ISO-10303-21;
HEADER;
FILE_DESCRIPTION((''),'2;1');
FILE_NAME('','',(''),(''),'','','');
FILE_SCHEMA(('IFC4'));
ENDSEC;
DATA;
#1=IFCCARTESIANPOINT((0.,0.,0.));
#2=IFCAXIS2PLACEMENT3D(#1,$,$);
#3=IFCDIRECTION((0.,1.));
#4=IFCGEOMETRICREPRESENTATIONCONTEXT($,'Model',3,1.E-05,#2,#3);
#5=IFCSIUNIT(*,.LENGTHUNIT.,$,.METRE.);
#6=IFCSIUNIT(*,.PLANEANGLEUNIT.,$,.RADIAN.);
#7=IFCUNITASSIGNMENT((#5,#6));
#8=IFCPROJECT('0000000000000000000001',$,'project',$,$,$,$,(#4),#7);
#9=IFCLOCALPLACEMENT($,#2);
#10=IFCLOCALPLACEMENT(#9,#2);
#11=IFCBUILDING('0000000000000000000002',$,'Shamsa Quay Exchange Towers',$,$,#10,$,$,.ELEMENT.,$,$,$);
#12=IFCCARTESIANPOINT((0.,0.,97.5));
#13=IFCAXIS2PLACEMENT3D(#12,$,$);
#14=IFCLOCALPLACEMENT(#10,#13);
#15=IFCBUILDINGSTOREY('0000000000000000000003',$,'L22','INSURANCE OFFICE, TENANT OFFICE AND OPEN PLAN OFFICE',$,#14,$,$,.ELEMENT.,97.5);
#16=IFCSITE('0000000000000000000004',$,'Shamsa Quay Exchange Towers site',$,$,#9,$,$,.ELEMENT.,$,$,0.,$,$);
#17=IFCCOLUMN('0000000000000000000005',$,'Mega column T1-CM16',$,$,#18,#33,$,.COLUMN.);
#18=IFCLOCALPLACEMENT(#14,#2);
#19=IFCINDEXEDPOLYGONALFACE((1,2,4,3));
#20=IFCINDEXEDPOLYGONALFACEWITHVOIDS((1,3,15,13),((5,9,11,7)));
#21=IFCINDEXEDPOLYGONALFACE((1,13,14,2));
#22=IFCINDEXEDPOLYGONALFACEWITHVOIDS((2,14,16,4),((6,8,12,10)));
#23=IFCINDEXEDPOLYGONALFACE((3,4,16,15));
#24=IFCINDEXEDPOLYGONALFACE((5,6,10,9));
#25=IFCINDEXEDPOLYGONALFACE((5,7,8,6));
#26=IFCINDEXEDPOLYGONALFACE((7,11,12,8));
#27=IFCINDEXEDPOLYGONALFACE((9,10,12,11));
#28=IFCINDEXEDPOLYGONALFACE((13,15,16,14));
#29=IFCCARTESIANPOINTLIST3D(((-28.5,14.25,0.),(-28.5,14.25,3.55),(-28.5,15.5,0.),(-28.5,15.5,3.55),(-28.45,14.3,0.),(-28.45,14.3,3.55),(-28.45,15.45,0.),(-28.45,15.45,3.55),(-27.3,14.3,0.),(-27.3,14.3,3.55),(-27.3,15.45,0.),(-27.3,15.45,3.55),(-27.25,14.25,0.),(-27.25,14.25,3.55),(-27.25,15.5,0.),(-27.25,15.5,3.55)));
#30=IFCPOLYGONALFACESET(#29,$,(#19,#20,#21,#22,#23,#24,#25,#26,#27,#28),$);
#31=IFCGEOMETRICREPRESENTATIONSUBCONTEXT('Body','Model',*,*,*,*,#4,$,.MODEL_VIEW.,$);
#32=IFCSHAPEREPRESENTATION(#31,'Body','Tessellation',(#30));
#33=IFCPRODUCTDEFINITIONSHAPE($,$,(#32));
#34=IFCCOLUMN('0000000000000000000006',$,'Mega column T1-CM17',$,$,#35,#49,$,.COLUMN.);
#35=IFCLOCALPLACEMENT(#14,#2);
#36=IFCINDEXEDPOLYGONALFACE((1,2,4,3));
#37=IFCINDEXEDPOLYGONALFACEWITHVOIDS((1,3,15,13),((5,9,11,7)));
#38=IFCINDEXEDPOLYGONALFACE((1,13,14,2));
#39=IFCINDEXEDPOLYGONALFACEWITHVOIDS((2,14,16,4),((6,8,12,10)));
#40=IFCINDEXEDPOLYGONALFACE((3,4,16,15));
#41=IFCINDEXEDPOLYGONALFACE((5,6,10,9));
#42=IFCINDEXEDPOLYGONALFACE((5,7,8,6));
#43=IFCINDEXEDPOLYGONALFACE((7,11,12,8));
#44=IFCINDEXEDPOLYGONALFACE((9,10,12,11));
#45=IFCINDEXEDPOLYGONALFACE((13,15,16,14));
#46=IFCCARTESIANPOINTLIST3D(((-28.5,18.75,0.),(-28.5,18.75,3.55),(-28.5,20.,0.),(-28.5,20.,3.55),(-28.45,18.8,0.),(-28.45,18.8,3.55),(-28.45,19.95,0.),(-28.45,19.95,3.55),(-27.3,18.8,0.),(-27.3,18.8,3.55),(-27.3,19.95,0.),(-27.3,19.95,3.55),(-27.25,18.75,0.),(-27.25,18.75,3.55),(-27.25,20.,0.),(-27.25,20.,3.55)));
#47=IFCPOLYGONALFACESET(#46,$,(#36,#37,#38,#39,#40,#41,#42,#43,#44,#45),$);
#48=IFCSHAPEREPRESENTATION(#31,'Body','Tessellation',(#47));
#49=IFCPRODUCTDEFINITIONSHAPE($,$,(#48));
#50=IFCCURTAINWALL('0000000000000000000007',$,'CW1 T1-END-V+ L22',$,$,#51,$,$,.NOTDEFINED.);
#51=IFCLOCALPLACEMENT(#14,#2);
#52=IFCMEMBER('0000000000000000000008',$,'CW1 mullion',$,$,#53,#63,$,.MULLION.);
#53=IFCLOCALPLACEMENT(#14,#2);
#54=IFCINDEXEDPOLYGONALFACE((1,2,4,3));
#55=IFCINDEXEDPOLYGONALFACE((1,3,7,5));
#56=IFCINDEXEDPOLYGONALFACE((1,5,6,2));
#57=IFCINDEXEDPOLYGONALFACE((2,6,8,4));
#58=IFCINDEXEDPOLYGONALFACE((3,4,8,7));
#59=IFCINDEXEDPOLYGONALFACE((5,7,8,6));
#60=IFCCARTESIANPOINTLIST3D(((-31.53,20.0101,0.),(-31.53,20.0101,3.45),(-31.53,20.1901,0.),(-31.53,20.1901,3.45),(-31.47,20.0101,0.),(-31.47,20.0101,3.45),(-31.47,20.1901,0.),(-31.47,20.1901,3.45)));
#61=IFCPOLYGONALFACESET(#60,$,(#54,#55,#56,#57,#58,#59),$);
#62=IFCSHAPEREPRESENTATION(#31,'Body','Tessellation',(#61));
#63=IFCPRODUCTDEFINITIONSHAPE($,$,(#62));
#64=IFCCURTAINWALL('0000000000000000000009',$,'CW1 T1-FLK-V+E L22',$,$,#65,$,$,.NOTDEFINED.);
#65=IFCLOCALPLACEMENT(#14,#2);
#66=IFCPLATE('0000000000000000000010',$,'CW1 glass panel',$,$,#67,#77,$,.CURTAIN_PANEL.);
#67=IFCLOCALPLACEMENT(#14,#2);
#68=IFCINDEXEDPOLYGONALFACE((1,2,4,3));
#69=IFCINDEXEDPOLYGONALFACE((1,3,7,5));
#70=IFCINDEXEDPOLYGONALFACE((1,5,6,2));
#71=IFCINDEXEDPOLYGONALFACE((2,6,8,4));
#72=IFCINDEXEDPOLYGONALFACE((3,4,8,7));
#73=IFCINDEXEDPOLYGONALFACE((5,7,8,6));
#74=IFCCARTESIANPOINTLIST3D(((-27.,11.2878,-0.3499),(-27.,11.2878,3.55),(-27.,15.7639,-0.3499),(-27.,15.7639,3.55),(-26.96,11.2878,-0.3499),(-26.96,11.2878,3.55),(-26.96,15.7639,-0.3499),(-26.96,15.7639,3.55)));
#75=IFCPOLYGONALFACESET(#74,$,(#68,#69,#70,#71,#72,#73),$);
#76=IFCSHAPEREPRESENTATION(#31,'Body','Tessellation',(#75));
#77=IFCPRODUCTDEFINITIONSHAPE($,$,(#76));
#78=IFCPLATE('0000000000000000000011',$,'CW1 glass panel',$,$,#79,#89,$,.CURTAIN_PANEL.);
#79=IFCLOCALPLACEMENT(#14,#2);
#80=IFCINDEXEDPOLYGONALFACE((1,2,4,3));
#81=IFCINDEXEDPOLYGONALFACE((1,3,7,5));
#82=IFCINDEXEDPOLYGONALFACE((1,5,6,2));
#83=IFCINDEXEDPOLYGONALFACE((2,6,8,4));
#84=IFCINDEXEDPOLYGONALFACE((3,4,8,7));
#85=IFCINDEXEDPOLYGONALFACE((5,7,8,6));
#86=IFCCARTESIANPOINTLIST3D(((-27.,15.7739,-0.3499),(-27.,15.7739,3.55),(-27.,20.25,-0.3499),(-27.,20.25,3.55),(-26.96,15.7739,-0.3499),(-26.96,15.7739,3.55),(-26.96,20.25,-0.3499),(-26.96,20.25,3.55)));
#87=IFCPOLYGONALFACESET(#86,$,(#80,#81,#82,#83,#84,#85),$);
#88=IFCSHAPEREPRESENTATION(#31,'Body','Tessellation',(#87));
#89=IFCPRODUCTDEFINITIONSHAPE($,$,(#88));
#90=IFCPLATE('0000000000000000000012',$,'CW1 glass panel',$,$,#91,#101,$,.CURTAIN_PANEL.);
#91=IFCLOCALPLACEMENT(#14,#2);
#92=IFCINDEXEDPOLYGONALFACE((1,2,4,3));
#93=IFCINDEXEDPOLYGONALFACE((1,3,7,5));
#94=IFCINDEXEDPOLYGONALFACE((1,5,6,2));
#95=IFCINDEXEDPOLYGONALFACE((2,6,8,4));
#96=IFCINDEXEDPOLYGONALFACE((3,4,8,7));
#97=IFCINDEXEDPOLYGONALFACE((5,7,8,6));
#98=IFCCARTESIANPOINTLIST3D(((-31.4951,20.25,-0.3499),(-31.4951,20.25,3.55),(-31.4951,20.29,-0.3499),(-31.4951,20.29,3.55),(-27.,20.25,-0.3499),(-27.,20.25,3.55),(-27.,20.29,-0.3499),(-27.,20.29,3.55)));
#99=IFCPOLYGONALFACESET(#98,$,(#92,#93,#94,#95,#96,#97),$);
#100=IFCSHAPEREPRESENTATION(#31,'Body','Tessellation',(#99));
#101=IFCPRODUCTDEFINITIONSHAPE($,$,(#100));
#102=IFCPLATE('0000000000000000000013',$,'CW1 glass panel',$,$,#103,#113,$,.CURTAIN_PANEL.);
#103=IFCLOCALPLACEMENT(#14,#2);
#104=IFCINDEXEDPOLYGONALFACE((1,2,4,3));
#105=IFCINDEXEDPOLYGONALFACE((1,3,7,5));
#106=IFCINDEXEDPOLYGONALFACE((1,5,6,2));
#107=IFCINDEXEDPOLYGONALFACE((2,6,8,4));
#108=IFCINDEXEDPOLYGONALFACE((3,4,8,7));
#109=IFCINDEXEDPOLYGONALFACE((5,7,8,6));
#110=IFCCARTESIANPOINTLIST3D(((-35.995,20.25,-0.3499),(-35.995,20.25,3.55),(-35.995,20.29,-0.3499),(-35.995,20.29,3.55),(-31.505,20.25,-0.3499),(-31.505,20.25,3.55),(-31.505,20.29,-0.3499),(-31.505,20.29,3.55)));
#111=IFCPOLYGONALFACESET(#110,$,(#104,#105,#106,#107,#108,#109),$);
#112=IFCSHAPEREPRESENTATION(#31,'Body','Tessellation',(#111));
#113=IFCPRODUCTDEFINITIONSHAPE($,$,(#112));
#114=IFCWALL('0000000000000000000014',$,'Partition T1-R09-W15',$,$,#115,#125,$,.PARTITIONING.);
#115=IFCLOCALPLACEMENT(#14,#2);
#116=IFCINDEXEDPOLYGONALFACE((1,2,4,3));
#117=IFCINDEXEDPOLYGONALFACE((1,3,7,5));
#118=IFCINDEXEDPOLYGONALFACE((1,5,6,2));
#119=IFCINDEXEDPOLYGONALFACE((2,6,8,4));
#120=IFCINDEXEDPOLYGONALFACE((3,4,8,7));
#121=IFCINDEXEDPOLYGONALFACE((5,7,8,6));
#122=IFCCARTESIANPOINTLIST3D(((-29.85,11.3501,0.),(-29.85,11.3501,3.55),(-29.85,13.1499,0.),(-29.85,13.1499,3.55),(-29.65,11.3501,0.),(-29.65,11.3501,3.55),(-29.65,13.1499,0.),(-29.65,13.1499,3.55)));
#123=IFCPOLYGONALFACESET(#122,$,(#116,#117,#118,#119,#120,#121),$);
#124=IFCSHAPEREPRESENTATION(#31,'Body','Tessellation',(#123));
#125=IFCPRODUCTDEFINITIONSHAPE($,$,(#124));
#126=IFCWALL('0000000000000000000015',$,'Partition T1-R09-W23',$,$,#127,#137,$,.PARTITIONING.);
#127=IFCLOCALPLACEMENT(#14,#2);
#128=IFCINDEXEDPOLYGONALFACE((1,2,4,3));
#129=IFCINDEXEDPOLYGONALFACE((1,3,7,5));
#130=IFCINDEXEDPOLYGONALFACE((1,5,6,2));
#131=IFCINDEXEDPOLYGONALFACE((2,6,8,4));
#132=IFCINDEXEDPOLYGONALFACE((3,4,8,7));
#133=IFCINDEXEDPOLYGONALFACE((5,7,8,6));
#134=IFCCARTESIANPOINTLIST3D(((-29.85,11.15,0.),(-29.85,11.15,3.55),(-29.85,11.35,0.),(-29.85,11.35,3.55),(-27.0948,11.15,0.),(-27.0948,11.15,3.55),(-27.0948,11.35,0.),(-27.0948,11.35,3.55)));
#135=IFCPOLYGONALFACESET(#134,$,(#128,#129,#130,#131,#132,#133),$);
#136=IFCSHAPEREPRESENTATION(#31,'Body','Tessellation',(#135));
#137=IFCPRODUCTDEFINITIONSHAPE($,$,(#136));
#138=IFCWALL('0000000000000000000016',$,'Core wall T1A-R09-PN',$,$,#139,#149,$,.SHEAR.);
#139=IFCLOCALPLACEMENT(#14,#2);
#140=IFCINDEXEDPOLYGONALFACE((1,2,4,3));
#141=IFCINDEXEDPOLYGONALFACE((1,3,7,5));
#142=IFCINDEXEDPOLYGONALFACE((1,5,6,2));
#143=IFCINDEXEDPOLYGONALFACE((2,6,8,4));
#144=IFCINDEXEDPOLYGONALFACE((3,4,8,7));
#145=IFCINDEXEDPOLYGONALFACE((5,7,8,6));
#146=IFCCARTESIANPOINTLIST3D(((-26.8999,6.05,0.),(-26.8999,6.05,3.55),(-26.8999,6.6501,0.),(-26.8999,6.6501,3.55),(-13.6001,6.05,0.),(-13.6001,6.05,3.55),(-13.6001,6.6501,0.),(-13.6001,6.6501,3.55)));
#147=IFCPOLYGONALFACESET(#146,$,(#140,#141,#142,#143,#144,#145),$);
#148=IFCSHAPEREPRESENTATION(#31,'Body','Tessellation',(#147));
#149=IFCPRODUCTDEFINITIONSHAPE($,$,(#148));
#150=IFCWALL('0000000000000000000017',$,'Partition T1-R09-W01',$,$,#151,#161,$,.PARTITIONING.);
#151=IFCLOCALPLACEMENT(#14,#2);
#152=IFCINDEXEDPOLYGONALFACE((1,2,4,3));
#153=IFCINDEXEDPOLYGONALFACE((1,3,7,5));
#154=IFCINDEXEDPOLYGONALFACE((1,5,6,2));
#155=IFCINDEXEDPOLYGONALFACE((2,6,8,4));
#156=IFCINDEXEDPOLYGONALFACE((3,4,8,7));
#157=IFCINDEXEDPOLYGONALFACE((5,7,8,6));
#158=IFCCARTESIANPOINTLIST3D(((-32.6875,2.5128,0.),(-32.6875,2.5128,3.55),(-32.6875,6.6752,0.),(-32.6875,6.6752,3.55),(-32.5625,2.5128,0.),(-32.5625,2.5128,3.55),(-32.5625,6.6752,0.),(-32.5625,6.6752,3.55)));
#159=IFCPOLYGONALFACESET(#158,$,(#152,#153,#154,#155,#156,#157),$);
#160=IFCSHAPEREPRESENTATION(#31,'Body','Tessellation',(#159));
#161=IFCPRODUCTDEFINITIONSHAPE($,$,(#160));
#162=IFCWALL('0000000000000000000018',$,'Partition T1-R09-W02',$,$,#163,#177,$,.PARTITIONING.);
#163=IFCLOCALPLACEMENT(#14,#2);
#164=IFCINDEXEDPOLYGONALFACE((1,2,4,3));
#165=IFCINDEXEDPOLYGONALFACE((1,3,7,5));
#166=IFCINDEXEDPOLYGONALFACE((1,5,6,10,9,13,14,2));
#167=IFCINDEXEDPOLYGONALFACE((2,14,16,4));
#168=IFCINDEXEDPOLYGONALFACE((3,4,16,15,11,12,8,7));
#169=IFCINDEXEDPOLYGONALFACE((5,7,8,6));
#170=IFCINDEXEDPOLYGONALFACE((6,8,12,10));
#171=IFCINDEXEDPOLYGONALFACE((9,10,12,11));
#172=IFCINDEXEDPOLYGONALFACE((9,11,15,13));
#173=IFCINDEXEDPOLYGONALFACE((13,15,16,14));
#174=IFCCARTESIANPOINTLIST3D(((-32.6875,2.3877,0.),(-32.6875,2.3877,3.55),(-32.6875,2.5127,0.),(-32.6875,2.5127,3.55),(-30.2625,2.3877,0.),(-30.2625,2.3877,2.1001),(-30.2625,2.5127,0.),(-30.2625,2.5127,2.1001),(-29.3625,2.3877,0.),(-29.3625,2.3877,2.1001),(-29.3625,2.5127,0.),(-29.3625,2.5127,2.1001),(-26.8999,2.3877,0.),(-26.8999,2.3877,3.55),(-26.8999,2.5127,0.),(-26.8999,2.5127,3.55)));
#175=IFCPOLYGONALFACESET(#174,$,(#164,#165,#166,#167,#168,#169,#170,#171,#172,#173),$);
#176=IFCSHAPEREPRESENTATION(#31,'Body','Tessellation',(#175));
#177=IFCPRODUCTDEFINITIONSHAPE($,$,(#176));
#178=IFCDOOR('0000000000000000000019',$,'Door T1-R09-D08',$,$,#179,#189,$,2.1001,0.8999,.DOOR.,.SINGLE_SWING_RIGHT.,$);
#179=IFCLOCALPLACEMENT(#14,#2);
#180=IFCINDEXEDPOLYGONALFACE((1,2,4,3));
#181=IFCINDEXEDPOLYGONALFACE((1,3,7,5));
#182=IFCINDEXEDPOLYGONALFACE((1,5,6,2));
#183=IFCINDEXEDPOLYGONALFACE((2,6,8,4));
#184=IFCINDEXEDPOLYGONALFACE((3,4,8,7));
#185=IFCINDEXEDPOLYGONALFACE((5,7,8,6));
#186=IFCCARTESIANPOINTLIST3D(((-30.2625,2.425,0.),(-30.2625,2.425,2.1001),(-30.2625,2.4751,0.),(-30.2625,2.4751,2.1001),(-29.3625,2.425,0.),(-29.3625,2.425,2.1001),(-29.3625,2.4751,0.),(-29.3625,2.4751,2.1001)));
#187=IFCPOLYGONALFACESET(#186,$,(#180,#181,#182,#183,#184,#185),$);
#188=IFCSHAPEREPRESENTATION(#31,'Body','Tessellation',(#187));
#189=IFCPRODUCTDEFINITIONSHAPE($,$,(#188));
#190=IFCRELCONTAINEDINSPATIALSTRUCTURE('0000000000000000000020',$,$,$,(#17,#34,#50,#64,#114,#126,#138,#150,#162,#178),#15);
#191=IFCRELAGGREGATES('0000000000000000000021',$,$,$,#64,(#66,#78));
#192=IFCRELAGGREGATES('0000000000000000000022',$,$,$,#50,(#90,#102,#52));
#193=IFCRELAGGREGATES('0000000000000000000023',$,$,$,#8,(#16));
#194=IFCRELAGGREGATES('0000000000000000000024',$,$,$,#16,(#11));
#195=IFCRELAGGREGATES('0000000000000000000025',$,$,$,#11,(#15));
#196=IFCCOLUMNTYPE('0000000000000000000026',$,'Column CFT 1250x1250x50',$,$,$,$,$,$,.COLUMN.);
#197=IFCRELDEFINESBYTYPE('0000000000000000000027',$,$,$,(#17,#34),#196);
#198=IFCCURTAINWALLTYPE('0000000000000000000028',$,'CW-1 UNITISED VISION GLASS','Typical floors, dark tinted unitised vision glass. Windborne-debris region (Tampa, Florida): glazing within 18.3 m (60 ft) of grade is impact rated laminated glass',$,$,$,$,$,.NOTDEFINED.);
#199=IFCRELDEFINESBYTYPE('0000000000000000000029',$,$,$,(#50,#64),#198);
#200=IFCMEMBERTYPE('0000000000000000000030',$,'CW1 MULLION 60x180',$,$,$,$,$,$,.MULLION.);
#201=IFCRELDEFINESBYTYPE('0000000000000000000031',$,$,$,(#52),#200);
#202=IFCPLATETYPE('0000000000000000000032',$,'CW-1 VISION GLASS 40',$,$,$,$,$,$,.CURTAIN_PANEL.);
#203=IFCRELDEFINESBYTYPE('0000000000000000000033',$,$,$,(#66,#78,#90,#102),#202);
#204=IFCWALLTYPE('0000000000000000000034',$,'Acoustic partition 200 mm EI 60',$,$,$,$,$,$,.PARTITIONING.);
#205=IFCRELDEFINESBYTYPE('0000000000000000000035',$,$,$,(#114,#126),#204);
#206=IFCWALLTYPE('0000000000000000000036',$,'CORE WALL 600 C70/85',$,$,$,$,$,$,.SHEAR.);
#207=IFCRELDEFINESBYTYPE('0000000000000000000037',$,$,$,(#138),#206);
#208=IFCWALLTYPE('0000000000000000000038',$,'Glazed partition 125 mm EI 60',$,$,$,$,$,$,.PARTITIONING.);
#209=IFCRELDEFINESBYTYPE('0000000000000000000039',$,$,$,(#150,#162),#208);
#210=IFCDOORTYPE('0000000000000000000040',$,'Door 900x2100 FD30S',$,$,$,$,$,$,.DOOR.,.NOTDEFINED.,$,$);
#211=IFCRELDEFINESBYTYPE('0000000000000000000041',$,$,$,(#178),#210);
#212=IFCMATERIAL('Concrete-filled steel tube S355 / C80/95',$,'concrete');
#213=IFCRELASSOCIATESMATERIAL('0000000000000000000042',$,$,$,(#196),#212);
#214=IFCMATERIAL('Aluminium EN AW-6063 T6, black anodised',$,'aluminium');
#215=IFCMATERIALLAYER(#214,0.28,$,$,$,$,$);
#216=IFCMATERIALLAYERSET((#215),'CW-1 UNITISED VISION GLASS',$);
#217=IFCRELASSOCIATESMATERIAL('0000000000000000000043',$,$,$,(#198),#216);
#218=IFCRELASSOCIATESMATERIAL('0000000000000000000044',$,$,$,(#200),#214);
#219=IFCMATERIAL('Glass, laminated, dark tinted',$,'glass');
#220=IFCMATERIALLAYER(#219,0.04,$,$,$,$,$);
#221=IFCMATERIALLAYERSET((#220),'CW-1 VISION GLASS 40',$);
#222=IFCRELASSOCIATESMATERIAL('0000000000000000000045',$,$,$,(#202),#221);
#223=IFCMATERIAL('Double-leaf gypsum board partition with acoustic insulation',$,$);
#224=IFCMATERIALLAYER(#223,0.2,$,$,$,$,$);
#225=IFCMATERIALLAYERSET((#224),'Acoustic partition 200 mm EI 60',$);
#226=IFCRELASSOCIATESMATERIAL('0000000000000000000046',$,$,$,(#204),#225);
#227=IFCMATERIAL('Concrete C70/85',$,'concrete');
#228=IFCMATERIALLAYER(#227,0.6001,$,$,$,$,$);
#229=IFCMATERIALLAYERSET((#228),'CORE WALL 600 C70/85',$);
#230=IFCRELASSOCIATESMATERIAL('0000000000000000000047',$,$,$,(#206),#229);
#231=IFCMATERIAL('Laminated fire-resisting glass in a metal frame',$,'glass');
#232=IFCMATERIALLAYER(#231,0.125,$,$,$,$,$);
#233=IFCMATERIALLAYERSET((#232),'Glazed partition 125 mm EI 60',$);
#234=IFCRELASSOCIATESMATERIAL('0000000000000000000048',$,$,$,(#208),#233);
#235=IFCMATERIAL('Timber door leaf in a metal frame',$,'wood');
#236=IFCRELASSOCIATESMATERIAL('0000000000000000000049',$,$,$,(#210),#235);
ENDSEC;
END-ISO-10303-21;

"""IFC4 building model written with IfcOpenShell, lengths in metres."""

from ifc_helpers import new_model, si_unit, direction, frame, frame_2d, origin, origin_2d, place, context, subcontext, project, spatial, rectangle, hollow_rectangle, extrude, material, layer, layer_set, material_profile, profile_set, type_object, element, fill, aggregate, save


model = new_model("IFC4")

# Units and contexts
model_context = context("Model", 3, precision=1e-05, world=origin(), true_north=direction((0.0, 1.0)))
body_context = subcontext(model_context, "Body", "Model", "MODEL_VIEW")
ifc_project = project(units=[si_unit("LENGTHUNIT", "METRE"), si_unit("PLANEANGLEUNIT", "RADIAN")], contexts=[model_context])

# Site, building, storey
site_placement = place(None, origin())
site = spatial("IfcSite", under=ifc_project, at=site_placement, Name="Shamsa Quay Exchange Towers site", CompositionType="ELEMENT", RefElevation=0.0)
building_placement = place(site_placement, origin())
building = spatial("IfcBuilding", under=site, at=building_placement, Name="Shamsa Quay Exchange Towers", CompositionType="ELEMENT")
storey_placement = place(building_placement, frame((0.0, 0.0, 97.5)))
storey = spatial("IfcBuildingStorey", under=building, at=storey_placement, Name="L22", Description="INSURANCE OFFICE, TENANT OFFICE AND OPEN PLAN OFFICE", CompositionType="ELEMENT", Elevation=97.5)

# Columns
ifc_material_1 = material(Name="Concrete-filled steel tube S355 / C80/95", Category="concrete")
ifc_material_profile_1 = material_profile(ifc_material_1, hollow_rectangle(XDim=1.25, YDim=1.25, WallThickness=0.05, at=origin_2d()), Name="CFT 1250x1250x50")
ifc_profile_set_1 = profile_set([ifc_material_profile_1], Name="Concrete-filled steel tube S355 / C80/95")
column_type = type_object("IfcColumnType", Name="Column CFT 1250x1250x50", PredefinedType="COLUMN", material=ifc_profile_set_1)
for number, where, name in (
    (1, (-27.875, 14.875, 0.0), "Mega column T1-CM16"),
    (2, (-27.875, 19.375, 0.0), "Mega column T1-CM17"),
):
    element("IfcColumn", number, at=place(storey_placement, frame(where)), inside=storey, type_object=column_type, Name=name, PredefinedType="COLUMN", context=body_context, shape_type="SweptSolid", body=[
        extrude(hollow_rectangle(XDim=1.25, YDim=1.25, WallThickness=0.05, at=origin_2d()), origin(), (0.0, 0.0, 1.0), 3.55),
    ])

# Curtain wall, member
ifc_material_2 = material(Name="Aluminium EN AW-6063 T6, black anodised", Category="aluminium")
ifc_layer_1 = layer(ifc_material_2, 0.28)
ifc_layer_set_1 = layer_set([ifc_layer_1], Name="CW-1 UNITISED VISION GLASS")
curtain_wall_type = type_object("IfcCurtainWallType", Name="CW-1 UNITISED VISION GLASS", Description="Typical floors, dark tinted unitised vision glass. Windborne-debris region (Tampa, Florida): glazing within 18.3 m (60 ft) of grade is impact rated laminated glass", PredefinedType="NOTDEFINED", material=ifc_layer_set_1)
curtain_wall_1_placement = place(storey_placement, origin())
curtain_wall_1 = element("IfcCurtainWall", 3, at=curtain_wall_1_placement, inside=storey, type_object=curtain_wall_type, Name="CW1 T1-END-V+ L22", PredefinedType="NOTDEFINED")
ifc_material_profile_2 = material_profile(ifc_material_2, rectangle(XDim=0.1799, YDim=0.0601, at=origin_2d()), Name="MU60x180")
ifc_profile_set_2 = profile_set([ifc_material_profile_2], Name="Aluminium EN AW-6063 T6, black anodised")
member_type = type_object("IfcMemberType", Name="CW1 MULLION 60x180", PredefinedType="MULLION", material=ifc_profile_set_2)
member_placement = place(storey_placement, frame((-31.5, 20.1001, 0.0), z_axis=(0.0, 0.0, 1.0), x_axis=(0.0, -1.0, 0.0)))
member = element("IfcMember", 4, at=member_placement, type_object=member_type, Name="CW1 mullion", PredefinedType="MULLION", context=body_context, shape_type="SweptSolid", body=[
    extrude(rectangle(XDim=0.1799, YDim=0.0601, at=origin_2d()), origin(), (0.0, 0.0, 1.0), 3.45),
])

# Curtain wall, plates
curtain_wall_2_placement = place(storey_placement, origin())
curtain_wall_2 = element("IfcCurtainWall", 5, at=curtain_wall_2_placement, inside=storey, type_object=curtain_wall_type, Name="CW1 T1-FLK-V+E L22", PredefinedType="NOTDEFINED")
ifc_material_3 = material(Name="Glass, laminated, dark tinted", Category="glass")
ifc_layer_2 = layer(ifc_material_3, 0.04)
ifc_layer_set_2 = layer_set([ifc_layer_2], Name="CW-1 VISION GLASS 40")
plate_type = type_object("IfcPlateType", Name="CW-1 VISION GLASS 40", PredefinedType="CURTAIN_PANEL", material=ifc_layer_set_2)
plate_1_placement = place(storey_placement, frame((-26.98, 13.5259, -0.3499), z_axis=(0.0, 0.0, 1.0), x_axis=(0.0, 1.0, 0.0)))
plate_1 = element("IfcPlate", 6, at=plate_1_placement, type_object=plate_type, Name="CW1 glass panel", PredefinedType="CURTAIN_PANEL", context=body_context, shape_type="SweptSolid", body=[
    extrude(rectangle(XDim=4.4761, YDim=0.04, at=origin_2d()), origin(), (0.0, 0.0, 1.0), 3.8999),
])
plate_2_placement = place(storey_placement, frame((-26.98, 18.012, -0.3499), z_axis=(0.0, 0.0, 1.0), x_axis=(0.0, 1.0, 0.0)))
plate_2 = element("IfcPlate", 7, at=plate_2_placement, type_object=plate_type, Name="CW1 glass panel", PredefinedType="CURTAIN_PANEL", context=body_context, shape_type="SweptSolid", body=[
    extrude(rectangle(XDim=4.4761, YDim=0.04, at=origin_2d()), origin(), (0.0, 0.0, 1.0), 3.8999),
])
aggregate(curtain_wall_2, [plate_1, plate_2])

# Plates
plate_3_placement = place(storey_placement, frame((-29.2476, 20.27, -0.3499), z_axis=(0.0, 0.0, 1.0), x_axis=(-1.0, 0.0, 0.0)))
plate_3 = element("IfcPlate", 8, at=plate_3_placement, type_object=plate_type, Name="CW1 glass panel", PredefinedType="CURTAIN_PANEL", context=body_context, shape_type="SweptSolid", body=[
    extrude(rectangle(XDim=4.4951, YDim=0.04, at=origin_2d()), origin(), (0.0, 0.0, 1.0), 3.8999),
])
plate_4_placement = place(storey_placement, frame((-33.75, 20.27, -0.3499), z_axis=(0.0, 0.0, 1.0), x_axis=(-1.0, 0.0, 0.0)))
plate_4 = element("IfcPlate", 9, at=plate_4_placement, type_object=plate_type, Name="CW1 glass panel", PredefinedType="CURTAIN_PANEL", context=body_context, shape_type="SweptSolid", body=[
    extrude(rectangle(XDim=4.49, YDim=0.04, at=origin_2d()), origin(), (0.0, 0.0, 1.0), 3.8999),
])
aggregate(curtain_wall_1, [plate_3, plate_4, member])

# Shared definitions
ifc_material_4 = material(Name="Double-leaf gypsum board partition with acoustic insulation")
ifc_layer_3 = layer(ifc_material_4, 0.2)
ifc_layer_set_3 = layer_set([ifc_layer_3], Name="Acoustic partition 200 mm EI 60")
wall_type_1 = type_object("IfcWallType", Name="Acoustic partition 200 mm EI 60", PredefinedType="PARTITIONING", material=ifc_layer_set_3)
ifc_material_5 = material(Name="Timber door leaf in a metal frame", Category="wood")

# Walls
wall_1_placement = place(storey_placement, frame((-29.75, 11.3501, 0.0), z_axis=(0.0, 0.0, 1.0), x_axis=(0.0, 1.0, 0.0)))
element("IfcWall", 10, at=wall_1_placement, inside=storey, type_object=wall_type_1, Name="Partition T1-R09-W15", PredefinedType="PARTITIONING", context=body_context, shape_type="SweptSolid", body=[
    extrude(rectangle(XDim=1.7998, YDim=0.2, at=frame_2d((0.8999, 0.0))), origin(), (0.0, 0.0, 1.0), 3.55),
])
wall_2_placement = place(storey_placement, frame((-27.095, 11.25, 0.0), z_axis=(0.0, 0.0, 1.0), x_axis=(-1.0, 0.0, 0.0)))
element("IfcWall", 11, at=wall_2_placement, inside=storey, type_object=wall_type_1, Name="Partition T1-R09-W23", PredefinedType="PARTITIONING", context=body_context, shape_type="SweptSolid", body=[
    extrude(rectangle(XDim=2.7551, YDim=0.2, at=frame_2d((1.3774, 0.0))), origin(), (0.0, 0.0, 1.0), 3.55),
])
ifc_material_6 = material(Name="Concrete C70/85", Category="concrete")
ifc_layer_4 = layer(ifc_material_6, 0.6001)
ifc_layer_set_4 = layer_set([ifc_layer_4], Name="CORE WALL 600 C70/85")
wall_type_2 = type_object("IfcWallType", Name="CORE WALL 600 C70/85", PredefinedType="SHEAR", material=ifc_layer_set_4)
wall_3_placement = place(storey_placement, frame((-26.8999, 6.3501, 0.0)))
element("IfcWall", 12, at=wall_3_placement, inside=storey, type_object=wall_type_2, Name="Core wall T1A-R09-PN", PredefinedType="SHEAR", context=body_context, shape_type="SweptSolid", body=[
    extrude(rectangle(XDim=13.2998, YDim=0.6001, at=frame_2d((6.6499, 0.0))), origin(), (0.0, 0.0, 1.0), 3.55),
])

# Wall
ifc_material_7 = material(Name="Laminated fire-resisting glass in a metal frame", Category="glass")
ifc_layer_5 = layer(ifc_material_7, 0.125)
ifc_layer_set_5 = layer_set([ifc_layer_5], Name="Glazed partition 125 mm EI 60")
wall_type_3 = type_object("IfcWallType", Name="Glazed partition 125 mm EI 60", PredefinedType="PARTITIONING", material=ifc_layer_set_5)
wall_4_placement = place(storey_placement, frame((-32.625, 6.675, 0.0), z_axis=(0.0, 0.0, 1.0), x_axis=(0.0, -1.0, 0.0)))
element("IfcWall", 13, at=wall_4_placement, inside=storey, type_object=wall_type_3, Name="Partition T1-R09-W01", PredefinedType="PARTITIONING", context=body_context, shape_type="SweptSolid", body=[
    extrude(rectangle(XDim=4.1624, YDim=0.125, at=frame_2d((2.0811, 0.0))), origin(), (0.0, 0.0, 1.0), 3.55),
])

# Wall, opening, door
wall_5_placement = place(storey_placement, frame((-32.6875, 2.4502, 0.0)))
wall_5 = element("IfcWall", 14, at=wall_5_placement, inside=storey, type_object=wall_type_3, Name="Partition T1-R09-W02", PredefinedType="PARTITIONING", context=body_context, shape_type="SweptSolid", body=[
    extrude(rectangle(XDim=5.7876, YDim=0.125, at=frame_2d((2.8938, 0.0))), origin(), (0.0, 0.0, 1.0), 3.55),
])
opening_1_placement = place(wall_5_placement, frame((2.425, 0.0, 0.0)))
opening_1 = element("IfcOpeningElement", 15, at=opening_1_placement, cuts=wall_5, PredefinedType="OPENING", context=body_context, shape_type="SweptSolid", body=[
    extrude(rectangle(XDim=0.8999, YDim=2.1001, at=frame_2d((0.45, 1.05))), frame((0.0, 0.0725, 0.0), z_axis=(0.0, -1.0, 0.0), x_axis=(1.0, 0.0, 0.0)), (0.0, 0.0, 1.0), 0.145),
])
door_type_1 = type_object("IfcDoorType", Name="Door 900x2100 FD30S", OperationType="NOTDEFINED", PredefinedType="DOOR", material=ifc_material_5)
door_1_placement = place(opening_1_placement, origin())
door_1 = element("IfcDoor", 16, at=door_1_placement, inside=storey, type_object=door_type_1, Name="Door T1-R09-D08", OperationType="SINGLE_SWING_RIGHT", OverallHeight=2.1001, OverallWidth=0.8999, PredefinedType="DOOR", context=body_context, shape_type="SweptSolid", body=[
    extrude(rectangle(XDim=0.8999, YDim=2.1001, at=frame_2d((0.45, 1.05))), frame((0.0, 0.0249, 0.0), z_axis=(0.0, -1.0, 0.0), x_axis=(1.0, 0.0, 0.0)), (0.0, 0.0, 1.0), 0.05),
])
fill(opening_1, door_1)

save(model, "model.ifc")
